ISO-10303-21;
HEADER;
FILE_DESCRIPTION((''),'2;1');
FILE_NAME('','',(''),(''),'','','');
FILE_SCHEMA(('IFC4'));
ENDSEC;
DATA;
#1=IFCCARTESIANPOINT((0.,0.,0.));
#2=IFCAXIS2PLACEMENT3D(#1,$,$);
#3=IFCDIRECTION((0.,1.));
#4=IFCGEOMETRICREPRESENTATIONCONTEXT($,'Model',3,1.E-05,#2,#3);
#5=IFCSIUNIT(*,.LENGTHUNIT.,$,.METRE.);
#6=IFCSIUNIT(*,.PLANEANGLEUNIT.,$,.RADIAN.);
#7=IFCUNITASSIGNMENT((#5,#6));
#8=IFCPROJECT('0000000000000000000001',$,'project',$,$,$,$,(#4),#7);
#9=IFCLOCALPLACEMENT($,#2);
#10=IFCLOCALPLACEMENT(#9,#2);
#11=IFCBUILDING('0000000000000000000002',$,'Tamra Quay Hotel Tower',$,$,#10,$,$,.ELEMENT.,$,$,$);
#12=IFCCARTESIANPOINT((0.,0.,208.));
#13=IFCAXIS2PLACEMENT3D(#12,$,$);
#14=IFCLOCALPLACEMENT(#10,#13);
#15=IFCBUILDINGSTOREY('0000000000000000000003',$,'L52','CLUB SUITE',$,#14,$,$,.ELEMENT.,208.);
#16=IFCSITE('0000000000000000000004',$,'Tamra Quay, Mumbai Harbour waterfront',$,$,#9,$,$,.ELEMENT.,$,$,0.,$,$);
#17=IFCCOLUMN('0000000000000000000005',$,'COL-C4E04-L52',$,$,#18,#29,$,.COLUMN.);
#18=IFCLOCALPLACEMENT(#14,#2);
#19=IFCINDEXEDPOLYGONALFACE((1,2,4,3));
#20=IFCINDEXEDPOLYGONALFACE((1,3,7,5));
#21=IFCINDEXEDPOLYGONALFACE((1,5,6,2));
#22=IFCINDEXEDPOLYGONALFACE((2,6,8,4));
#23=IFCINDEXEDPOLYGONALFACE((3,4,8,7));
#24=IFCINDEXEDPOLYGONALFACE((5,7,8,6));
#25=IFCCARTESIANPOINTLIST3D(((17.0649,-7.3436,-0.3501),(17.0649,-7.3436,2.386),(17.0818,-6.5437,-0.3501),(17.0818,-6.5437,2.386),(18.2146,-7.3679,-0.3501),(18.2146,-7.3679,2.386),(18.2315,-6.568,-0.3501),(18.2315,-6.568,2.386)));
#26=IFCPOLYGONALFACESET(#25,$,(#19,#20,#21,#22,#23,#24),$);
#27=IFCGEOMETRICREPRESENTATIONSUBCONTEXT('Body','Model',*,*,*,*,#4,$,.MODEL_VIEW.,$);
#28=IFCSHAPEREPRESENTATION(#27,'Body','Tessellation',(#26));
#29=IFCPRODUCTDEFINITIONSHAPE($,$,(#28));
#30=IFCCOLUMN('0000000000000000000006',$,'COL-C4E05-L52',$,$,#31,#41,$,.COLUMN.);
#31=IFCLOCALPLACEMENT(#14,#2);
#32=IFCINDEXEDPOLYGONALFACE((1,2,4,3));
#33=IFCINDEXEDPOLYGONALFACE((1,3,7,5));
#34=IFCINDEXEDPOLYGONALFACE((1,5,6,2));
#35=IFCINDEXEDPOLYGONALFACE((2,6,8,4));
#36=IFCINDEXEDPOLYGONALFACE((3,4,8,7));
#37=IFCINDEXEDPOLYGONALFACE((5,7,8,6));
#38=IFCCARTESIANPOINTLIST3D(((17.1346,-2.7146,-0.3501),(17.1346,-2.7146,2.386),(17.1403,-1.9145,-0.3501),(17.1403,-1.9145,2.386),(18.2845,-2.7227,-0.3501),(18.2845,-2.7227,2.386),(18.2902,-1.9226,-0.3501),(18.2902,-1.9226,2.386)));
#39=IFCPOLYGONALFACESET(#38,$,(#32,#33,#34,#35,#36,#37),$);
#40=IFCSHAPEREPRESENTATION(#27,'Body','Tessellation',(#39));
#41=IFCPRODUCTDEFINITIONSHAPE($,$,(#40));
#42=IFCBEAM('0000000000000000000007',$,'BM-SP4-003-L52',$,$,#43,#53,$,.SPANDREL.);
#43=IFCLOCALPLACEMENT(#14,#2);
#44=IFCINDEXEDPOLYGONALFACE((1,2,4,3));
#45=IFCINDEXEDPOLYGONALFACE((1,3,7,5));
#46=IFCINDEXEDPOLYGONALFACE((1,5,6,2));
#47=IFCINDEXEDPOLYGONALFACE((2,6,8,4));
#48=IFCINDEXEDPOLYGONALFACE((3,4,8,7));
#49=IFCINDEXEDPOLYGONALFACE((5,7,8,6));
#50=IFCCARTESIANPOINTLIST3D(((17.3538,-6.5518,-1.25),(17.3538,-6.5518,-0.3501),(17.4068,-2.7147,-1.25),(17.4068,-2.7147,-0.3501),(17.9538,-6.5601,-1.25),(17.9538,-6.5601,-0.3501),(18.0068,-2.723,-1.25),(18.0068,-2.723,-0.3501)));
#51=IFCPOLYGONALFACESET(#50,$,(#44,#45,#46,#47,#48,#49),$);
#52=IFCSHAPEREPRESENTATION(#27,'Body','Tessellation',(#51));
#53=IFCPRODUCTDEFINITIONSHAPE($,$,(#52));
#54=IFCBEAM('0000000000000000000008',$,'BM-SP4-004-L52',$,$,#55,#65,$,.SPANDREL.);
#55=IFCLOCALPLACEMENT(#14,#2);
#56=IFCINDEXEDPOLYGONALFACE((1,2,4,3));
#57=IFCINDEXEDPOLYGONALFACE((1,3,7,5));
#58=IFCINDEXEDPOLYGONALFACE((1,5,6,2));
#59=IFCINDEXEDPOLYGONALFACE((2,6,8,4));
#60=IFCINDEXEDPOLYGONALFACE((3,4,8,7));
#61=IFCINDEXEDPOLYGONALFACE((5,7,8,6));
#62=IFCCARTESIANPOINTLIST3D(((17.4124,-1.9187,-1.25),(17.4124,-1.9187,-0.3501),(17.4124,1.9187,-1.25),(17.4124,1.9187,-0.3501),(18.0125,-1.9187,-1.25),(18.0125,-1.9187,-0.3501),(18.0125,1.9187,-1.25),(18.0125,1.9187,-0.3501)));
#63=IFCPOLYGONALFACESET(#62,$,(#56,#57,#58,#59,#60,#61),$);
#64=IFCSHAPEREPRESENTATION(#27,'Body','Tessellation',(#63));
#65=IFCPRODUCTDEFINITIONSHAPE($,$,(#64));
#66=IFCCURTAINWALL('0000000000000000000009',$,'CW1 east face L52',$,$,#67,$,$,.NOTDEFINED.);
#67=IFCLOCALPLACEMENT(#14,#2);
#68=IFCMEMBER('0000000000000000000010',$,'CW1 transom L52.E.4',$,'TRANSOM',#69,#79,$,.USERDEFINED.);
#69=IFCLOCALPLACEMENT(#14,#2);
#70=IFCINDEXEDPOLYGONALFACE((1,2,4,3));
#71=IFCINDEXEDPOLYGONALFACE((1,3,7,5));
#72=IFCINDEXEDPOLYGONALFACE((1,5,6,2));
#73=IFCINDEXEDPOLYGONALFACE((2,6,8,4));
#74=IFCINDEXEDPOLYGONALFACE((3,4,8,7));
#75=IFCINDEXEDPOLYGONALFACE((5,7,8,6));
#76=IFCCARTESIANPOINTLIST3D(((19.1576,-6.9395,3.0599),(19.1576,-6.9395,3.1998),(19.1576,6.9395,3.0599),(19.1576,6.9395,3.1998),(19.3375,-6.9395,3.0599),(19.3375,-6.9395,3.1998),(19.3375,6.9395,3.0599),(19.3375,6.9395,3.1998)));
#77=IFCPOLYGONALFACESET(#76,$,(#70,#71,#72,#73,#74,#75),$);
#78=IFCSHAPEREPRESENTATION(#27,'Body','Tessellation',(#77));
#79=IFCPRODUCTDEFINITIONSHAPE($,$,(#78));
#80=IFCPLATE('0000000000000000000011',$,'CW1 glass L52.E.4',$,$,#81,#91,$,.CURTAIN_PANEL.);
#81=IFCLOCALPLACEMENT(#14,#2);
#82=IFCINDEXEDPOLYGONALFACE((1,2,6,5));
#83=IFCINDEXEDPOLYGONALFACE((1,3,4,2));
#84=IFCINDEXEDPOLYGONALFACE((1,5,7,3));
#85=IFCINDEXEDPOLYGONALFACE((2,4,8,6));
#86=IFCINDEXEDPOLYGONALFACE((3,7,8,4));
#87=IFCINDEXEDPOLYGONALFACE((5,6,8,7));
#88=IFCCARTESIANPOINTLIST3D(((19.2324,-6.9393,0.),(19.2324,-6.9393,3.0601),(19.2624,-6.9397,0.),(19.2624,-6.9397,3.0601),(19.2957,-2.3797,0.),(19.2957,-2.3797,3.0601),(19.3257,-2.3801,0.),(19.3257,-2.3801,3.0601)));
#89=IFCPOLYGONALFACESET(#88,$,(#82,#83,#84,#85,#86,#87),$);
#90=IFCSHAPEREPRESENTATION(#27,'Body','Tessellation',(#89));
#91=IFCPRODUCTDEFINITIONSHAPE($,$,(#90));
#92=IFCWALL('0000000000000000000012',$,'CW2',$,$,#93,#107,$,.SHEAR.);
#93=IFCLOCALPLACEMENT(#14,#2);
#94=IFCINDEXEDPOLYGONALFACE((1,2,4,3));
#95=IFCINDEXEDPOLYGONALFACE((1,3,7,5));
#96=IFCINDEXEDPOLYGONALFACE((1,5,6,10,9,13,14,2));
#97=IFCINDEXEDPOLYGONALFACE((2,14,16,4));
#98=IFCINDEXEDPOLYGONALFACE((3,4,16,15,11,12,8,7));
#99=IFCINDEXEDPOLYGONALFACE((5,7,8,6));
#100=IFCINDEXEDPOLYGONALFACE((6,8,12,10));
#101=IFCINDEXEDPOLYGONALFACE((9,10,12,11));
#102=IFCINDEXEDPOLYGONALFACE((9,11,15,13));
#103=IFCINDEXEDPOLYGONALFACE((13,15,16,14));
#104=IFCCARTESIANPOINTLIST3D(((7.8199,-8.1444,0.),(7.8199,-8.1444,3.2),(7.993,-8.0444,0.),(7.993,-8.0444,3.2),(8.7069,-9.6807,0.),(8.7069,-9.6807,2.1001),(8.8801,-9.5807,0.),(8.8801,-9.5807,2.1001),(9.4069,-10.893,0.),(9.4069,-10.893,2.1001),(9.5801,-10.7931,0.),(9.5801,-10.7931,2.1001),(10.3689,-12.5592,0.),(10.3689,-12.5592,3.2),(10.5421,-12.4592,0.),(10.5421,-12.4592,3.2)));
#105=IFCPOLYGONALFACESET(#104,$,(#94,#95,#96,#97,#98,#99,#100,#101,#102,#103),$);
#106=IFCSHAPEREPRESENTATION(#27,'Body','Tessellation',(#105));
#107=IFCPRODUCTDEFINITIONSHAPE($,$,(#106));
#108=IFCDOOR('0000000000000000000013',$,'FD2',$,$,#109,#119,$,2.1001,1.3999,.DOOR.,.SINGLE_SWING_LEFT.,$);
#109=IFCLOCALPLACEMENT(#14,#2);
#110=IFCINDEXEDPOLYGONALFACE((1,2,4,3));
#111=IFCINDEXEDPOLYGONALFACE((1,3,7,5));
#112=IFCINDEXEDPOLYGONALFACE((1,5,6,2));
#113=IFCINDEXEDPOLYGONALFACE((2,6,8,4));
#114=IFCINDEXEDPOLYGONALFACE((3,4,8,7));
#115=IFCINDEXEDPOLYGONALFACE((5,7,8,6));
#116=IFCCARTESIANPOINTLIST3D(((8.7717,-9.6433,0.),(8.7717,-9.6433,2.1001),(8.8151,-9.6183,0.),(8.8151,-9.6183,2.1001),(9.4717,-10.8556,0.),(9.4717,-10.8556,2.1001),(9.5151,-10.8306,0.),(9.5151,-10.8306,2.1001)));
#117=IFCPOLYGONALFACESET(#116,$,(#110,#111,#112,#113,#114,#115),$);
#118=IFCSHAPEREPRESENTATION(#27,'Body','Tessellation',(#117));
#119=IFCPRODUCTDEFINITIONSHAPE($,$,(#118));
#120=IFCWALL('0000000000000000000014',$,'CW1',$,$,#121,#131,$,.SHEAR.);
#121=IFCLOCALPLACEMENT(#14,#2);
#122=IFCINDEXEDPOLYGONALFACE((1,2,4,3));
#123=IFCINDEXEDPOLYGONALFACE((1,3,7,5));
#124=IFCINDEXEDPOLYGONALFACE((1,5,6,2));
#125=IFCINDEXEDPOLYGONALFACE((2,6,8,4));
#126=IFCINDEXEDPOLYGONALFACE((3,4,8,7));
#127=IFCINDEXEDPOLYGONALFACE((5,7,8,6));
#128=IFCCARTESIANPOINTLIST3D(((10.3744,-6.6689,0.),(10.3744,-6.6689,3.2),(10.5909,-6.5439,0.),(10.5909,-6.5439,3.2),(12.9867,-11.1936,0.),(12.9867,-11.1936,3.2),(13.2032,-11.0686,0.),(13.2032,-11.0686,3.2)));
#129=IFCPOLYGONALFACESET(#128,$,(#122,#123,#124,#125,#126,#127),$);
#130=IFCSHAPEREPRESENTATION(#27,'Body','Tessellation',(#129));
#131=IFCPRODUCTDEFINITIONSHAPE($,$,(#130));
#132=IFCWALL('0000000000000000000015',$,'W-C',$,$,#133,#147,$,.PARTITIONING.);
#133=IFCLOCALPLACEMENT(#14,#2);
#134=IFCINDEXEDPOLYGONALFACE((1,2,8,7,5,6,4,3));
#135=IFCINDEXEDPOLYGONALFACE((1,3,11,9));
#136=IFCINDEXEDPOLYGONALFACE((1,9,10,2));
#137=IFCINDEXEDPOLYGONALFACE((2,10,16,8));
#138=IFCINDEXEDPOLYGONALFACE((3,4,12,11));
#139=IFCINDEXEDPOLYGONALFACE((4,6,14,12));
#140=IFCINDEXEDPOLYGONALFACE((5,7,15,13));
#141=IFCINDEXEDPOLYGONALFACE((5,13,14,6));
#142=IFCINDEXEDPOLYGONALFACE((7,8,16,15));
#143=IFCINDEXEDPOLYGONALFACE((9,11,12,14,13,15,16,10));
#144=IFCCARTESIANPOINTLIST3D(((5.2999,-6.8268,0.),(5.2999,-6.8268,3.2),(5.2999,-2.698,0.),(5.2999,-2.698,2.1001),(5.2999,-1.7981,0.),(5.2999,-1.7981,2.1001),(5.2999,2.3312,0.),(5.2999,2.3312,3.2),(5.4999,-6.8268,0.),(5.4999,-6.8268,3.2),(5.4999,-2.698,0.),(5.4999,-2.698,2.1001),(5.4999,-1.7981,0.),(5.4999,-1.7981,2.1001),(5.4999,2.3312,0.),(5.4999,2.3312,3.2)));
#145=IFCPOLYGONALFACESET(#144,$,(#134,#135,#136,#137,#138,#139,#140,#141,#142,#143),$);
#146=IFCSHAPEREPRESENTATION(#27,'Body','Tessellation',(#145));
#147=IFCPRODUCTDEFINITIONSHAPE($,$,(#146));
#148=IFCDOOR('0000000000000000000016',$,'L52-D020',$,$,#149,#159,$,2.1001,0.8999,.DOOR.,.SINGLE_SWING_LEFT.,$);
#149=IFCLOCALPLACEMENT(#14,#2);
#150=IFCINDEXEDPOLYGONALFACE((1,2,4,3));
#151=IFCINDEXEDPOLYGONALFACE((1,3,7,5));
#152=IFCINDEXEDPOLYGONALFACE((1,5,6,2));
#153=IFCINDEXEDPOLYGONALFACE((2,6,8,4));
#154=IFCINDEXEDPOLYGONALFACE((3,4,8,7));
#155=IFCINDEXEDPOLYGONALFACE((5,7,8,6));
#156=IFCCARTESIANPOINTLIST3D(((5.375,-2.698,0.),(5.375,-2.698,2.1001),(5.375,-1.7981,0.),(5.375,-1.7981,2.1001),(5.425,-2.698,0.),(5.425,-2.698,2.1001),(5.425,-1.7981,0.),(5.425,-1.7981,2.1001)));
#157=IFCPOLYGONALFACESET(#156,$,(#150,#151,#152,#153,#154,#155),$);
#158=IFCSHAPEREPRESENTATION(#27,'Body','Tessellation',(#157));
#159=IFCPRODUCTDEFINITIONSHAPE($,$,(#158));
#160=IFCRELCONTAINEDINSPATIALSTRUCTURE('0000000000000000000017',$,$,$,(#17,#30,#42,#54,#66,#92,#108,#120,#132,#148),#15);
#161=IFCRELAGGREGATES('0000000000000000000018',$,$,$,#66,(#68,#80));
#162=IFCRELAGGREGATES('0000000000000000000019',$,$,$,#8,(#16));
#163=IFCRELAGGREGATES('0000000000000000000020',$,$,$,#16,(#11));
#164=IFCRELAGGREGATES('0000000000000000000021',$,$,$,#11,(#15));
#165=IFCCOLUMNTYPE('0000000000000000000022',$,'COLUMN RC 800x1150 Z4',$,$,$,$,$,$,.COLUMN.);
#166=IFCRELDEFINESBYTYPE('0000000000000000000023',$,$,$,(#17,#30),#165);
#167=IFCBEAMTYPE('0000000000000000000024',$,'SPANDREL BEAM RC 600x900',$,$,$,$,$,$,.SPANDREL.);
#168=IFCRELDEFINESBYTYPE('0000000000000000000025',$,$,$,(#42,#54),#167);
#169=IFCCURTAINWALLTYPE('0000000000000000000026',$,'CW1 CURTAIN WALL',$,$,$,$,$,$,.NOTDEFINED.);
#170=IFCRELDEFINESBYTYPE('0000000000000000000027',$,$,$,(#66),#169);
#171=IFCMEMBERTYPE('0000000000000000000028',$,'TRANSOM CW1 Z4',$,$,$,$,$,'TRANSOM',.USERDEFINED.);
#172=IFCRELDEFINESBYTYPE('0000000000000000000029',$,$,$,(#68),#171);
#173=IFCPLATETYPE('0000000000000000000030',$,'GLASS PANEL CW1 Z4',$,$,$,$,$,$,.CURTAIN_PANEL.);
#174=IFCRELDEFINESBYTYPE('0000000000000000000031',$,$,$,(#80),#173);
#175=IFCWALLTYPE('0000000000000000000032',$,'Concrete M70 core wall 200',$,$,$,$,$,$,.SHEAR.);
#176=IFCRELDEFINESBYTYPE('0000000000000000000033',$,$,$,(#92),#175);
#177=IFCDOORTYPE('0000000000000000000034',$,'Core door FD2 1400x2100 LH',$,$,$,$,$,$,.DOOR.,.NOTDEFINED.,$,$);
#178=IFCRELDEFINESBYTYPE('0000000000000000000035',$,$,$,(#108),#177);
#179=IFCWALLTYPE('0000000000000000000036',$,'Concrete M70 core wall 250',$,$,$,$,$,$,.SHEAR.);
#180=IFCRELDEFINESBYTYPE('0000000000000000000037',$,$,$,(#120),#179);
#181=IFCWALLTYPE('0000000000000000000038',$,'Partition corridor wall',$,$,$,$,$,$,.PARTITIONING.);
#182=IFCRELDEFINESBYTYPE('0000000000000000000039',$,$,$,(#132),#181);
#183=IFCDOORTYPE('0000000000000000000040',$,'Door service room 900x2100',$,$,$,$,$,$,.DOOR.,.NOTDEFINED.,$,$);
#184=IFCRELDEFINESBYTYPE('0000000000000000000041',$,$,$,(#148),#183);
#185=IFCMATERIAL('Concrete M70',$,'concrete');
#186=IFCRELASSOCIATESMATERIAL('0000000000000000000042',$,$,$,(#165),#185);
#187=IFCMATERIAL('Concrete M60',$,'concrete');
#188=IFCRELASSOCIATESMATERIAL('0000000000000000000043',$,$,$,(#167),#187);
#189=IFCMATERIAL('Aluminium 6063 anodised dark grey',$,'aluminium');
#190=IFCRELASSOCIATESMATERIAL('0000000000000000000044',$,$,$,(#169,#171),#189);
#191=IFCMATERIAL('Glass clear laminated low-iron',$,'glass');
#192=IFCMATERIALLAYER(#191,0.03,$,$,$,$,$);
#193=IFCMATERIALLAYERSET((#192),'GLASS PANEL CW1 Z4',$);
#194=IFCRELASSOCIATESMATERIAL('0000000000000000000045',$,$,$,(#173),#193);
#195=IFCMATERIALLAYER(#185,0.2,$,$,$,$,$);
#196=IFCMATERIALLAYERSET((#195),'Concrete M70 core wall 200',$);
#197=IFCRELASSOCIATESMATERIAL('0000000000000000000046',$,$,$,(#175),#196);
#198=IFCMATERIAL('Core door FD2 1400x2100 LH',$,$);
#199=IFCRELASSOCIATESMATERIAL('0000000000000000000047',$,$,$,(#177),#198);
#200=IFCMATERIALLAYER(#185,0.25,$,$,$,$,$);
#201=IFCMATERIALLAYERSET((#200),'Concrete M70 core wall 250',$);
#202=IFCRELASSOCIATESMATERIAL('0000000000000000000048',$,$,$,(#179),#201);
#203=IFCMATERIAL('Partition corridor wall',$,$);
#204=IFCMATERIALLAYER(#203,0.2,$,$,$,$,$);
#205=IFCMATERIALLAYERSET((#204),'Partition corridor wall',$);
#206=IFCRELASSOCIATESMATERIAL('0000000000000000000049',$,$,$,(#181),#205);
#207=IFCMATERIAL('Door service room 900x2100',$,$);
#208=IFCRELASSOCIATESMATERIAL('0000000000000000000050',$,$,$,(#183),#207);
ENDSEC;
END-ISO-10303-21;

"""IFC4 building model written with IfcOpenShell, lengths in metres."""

from ifc_helpers import new_model, si_unit, direction, frame, frame_2d, origin, origin_2d, place, context, subcontext, project, spatial, rectangle, extrude, material, layer, layer_set, material_profile, profile_set, type_object, element, fill, aggregate, save


model = new_model("IFC4")

# Units and contexts
model_context = context("Model", 3, precision=1e-05, world=origin(), true_north=direction((0.0, 1.0)))
body_context = subcontext(model_context, "Body", "Model", "MODEL_VIEW")
ifc_project = project(units=[si_unit("LENGTHUNIT", "METRE"), si_unit("PLANEANGLEUNIT", "RADIAN")], contexts=[model_context])

# Site, building, storey
site_placement = place(None, origin())
site = spatial("IfcSite", under=ifc_project, at=site_placement, Name="Tamra Quay, Mumbai Harbour waterfront", CompositionType="ELEMENT", RefElevation=0.0)
building_placement = place(site_placement, origin())
building = spatial("IfcBuilding", under=site, at=building_placement, Name="Tamra Quay Hotel Tower", CompositionType="ELEMENT")
storey_placement = place(building_placement, frame((0.0, 0.0, 208.0)))
storey = spatial("IfcBuildingStorey", under=building, at=storey_placement, Name="L52", Description="CLUB SUITE", CompositionType="ELEMENT", Elevation=208.0)

# Columns
ifc_material_1 = material(Name="Concrete M70", Category="concrete")
ifc_material_profile_1 = material_profile(ifc_material_1, rectangle(XDim=1.1499, YDim=0.8, at=origin_2d()), Name="COLUMN RC 800x1150 Z4")
ifc_profile_set_1 = profile_set([ifc_material_profile_1], Name="Concrete M70")
column_type = type_object("IfcColumnType", Name="COLUMN RC 800x1150 Z4", PredefinedType="COLUMN", material=ifc_profile_set_1)
for number, where, z_axis, x_axis, name in (
    (1, (17.6482, -6.9558, -0.3501), (0.0, 0.0, 1.0), (-0.999777, 0.021115, 0.0), "COL-C4E04-L52"),
    (2, (17.7124, -2.3186, -0.3501), (0.0, 0.0, 1.0), (-0.999975, 0.007041, 0.0), "COL-C4E05-L52"),
):
    element("IfcColumn", number, at=place(storey_placement, frame(where, z_axis=z_axis, x_axis=x_axis)), inside=storey, type_object=column_type, Name=name, PredefinedType="COLUMN", context=body_context, shape_type="SweptSolid", body=[
        extrude(rectangle(XDim=1.1499, YDim=0.8, at=origin_2d()), origin(), (0.0, 0.0, 1.0), 2.7361),
    ])

# Beams
ifc_material_2 = material(Name="Concrete M60", Category="concrete")
ifc_material_profile_2 = material_profile(ifc_material_2, rectangle(XDim=0.6001, YDim=0.8999, at=origin_2d()), Name="SPANDREL BEAM RC 600x900")
ifc_profile_set_2 = profile_set([ifc_material_profile_2], Name="Concrete M60")
beam_type = type_object("IfcBeamType", Name="SPANDREL BEAM RC 600x900", PredefinedType="SPANDREL", material=ifc_profile_set_2)
for number, where, z_axis, x_axis, name in (
    (3, (17.6538, -6.5559, -0.8), (0.013805, 0.999905, 0.0), (-0.999905, 0.013805, 0.0), "BM-SP4-003-L52"),
    (4, (17.7124, -1.9187, -0.8), (0.0, 1.0, 0.0), (-1.0, 0.0, 0.0), "BM-SP4-004-L52"),
):
    element("IfcBeam", number, at=place(storey_placement, frame(where, z_axis=z_axis, x_axis=x_axis)), inside=storey, type_object=beam_type, Name=name, PredefinedType="SPANDREL", context=body_context, shape_type="SweptSolid", body=[
        extrude(rectangle(XDim=0.6001, YDim=0.8999, at=origin_2d()), origin(), (0.0, 0.0, 1.0), 3.8374),
    ])

# Curtain wall, member, plate
ifc_material_3 = material(Name="Aluminium 6063 anodised dark grey", Category="aluminium")
curtain_wall_type = type_object("IfcCurtainWallType", Name="CW1 CURTAIN WALL", PredefinedType="NOTDEFINED", material=ifc_material_3)
curtain_wall_placement = place(storey_placement, origin())
curtain_wall = element("IfcCurtainWall", 5, at=curtain_wall_placement, inside=storey, type_object=curtain_wall_type, Name="CW1 east face L52", PredefinedType="NOTDEFINED")
ifc_material_profile_3 = material_profile(ifc_material_3, rectangle(XDim=0.1799, YDim=0.1399, at=origin_2d()), Name="TRANSOM 180X140")
ifc_profile_set_3 = profile_set([ifc_material_profile_3], Name="Aluminium 6063 anodised dark grey")
member_type = type_object("IfcMemberType", Name="TRANSOM CW1 Z4", ElementType="TRANSOM", PredefinedType="USERDEFINED", material=ifc_profile_set_3)
member_placement = place(storey_placement, frame((19.2476, -6.9395, 3.1299), z_axis=(0.0, 1.0, 0.0), x_axis=(-1.0, 0.0, 0.0)))
member = element("IfcMember", 6, at=member_placement, type_object=member_type, Name="CW1 transom L52.E.4", ObjectType="TRANSOM", PredefinedType="USERDEFINED", context=body_context, shape_type="SweptSolid", body=[
    extrude(rectangle(XDim=0.1799, YDim=0.1399, at=origin_2d()), origin(), (0.0, 0.0, 1.0), 13.8789),
])
ifc_material_4 = material(Name="Glass clear laminated low-iron", Category="glass")
ifc_layer_1 = layer(ifc_material_4, 0.03)
ifc_layer_set_1 = layer_set([ifc_layer_1], Name="GLASS PANEL CW1 Z4")
plate_type = type_object("IfcPlateType", Name="GLASS PANEL CW1 Z4", PredefinedType="CURTAIN_PANEL", material=ifc_layer_set_1)
plate_placement = place(storey_placement, frame((19.2791, -4.6597, 0.0), z_axis=(0.0, 0.0, 1.0), x_axis=(0.013886, 0.999904, 0.0)))
plate = element("IfcPlate", 7, at=plate_placement, type_object=plate_type, Name="CW1 glass L52.E.4", PredefinedType="CURTAIN_PANEL", context=body_context, shape_type="SweptSolid", body=[
    extrude(rectangle(XDim=4.5601, YDim=0.03, at=origin_2d()), origin(), (0.0, 0.0, 1.0), 3.0601),
])
aggregate(curtain_wall, [member, plate])

# Wall, opening, door
ifc_layer_2 = layer(ifc_material_1, 0.2)
ifc_layer_set_2 = layer_set([ifc_layer_2], Name="Concrete M70 core wall 200")
wall_type_1 = type_object("IfcWallType", Name="Concrete M70 core wall 200", PredefinedType="SHEAR", material=ifc_layer_set_2)
wall_1_placement = place(storey_placement, frame((7.9065, -8.0945, 0.0), z_axis=(0.0, 0.0, 1.0), x_axis=(0.500028, -0.866009, 0.0)))
wall_1 = element("IfcWall", 8, at=wall_1_placement, inside=storey, type_object=wall_type_1, Name="CW2", PredefinedType="SHEAR", context=body_context, shape_type="SweptSolid", body=[
    extrude(rectangle(XDim=5.0979, YDim=0.2, at=frame_2d((2.5488, 0.0))), origin(), (0.0, 0.0, 1.0), 3.2),
])
opening_1_placement = place(wall_1_placement, frame((1.7739, 0.0, 0.0)))
opening_1 = element("IfcOpeningElement", 9, at=opening_1_placement, cuts=wall_1, PredefinedType="OPENING", context=body_context, shape_type="SweptSolid", body=[
    extrude(rectangle(XDim=1.3999, YDim=2.1001, at=frame_2d((0.7, 1.05))), frame((0.0, 0.1099, 0.0), z_axis=(0.0, -1.0, 0.0), x_axis=(1.0, 0.0, 0.0)), (0.0, 0.0, 1.0), 0.22),
])
ifc_material_5 = material(Name="Core door FD2 1400x2100 LH")
door_type_1 = type_object("IfcDoorType", Name="Core door FD2 1400x2100 LH", OperationType="NOTDEFINED", PredefinedType="DOOR", material=ifc_material_5)
door_1_placement = place(opening_1_placement, origin())
door_1 = element("IfcDoor", 10, at=door_1_placement, inside=storey, type_object=door_type_1, Name="FD2", OperationType="SINGLE_SWING_LEFT", OverallHeight=2.1001, OverallWidth=1.3999, PredefinedType="DOOR", context=body_context, shape_type="SweptSolid", body=[
    extrude(rectangle(XDim=1.3999, YDim=2.1001, at=frame_2d((0.7, 1.05))), frame((0.0, 0.0249, 0.0), z_axis=(0.0, -1.0, 0.0), x_axis=(1.0, 0.0, 0.0)), (0.0, 0.0, 1.0), 0.05),
])
fill(opening_1, door_1)

# Wall
ifc_layer_3 = layer(ifc_material_1, 0.25)
ifc_layer_set_3 = layer_set([ifc_layer_3], Name="Concrete M70 core wall 250")
wall_type_2 = type_object("IfcWallType", Name="Concrete M70 core wall 250", PredefinedType="SHEAR", material=ifc_layer_set_3)
wall_2_placement = place(storey_placement, frame((10.4827, -6.6064, 0.0), z_axis=(0.0, 0.0, 1.0), x_axis=(0.499999, -0.866026, 0.0)))
element("IfcWall", 11, at=wall_2_placement, inside=storey, type_object=wall_type_2, Name="CW1", PredefinedType="SHEAR", context=body_context, shape_type="SweptSolid", body=[
    extrude(rectangle(XDim=5.2246, YDim=0.25, at=frame_2d((2.6123, 0.0))), origin(), (0.0, 0.0, 1.0), 3.2),
])

# Wall, opening, door
ifc_material_6 = material(Name="Partition corridor wall")
ifc_layer_4 = layer(ifc_material_6, 0.2)
ifc_layer_set_4 = layer_set([ifc_layer_4], Name="Partition corridor wall")
wall_type_3 = type_object("IfcWallType", Name="Partition corridor wall", PredefinedType="PARTITIONING", material=ifc_layer_set_4)
wall_3_placement = place(storey_placement, frame((5.3999, -6.8269, 0.0), z_axis=(0.0, 0.0, 1.0), x_axis=(0.0, 1.0, 0.0)))
wall_3 = element("IfcWall", 12, at=wall_3_placement, inside=storey, type_object=wall_type_3, Name="W-C", PredefinedType="PARTITIONING", context=body_context, shape_type="SweptSolid", body=[
    extrude(rectangle(XDim=9.158, YDim=0.2, at=frame_2d((4.5791, 0.0))), origin(), (0.0, 0.0, 1.0), 3.2),
])
opening_2_placement = place(wall_3_placement, frame((4.1289, 0.0, 0.0)))
opening_2 = element("IfcOpeningElement", 13, at=opening_2_placement, cuts=wall_3, PredefinedType="OPENING", context=body_context, shape_type="SweptSolid", body=[
    extrude(rectangle(XDim=0.8999, YDim=2.1001, at=frame_2d((0.45, 1.05))), frame((0.0, 0.1099, 0.0), z_axis=(0.0, -1.0, 0.0), x_axis=(1.0, 0.0, 0.0)), (0.0, 0.0, 1.0), 0.22),
])
ifc_material_7 = material(Name="Door service room 900x2100")
door_type_2 = type_object("IfcDoorType", Name="Door service room 900x2100", OperationType="NOTDEFINED", PredefinedType="DOOR", material=ifc_material_7)
door_2_placement = place(opening_2_placement, origin())
door_2 = element("IfcDoor", 14, at=door_2_placement, inside=storey, type_object=door_type_2, Name="L52-D020", OperationType="SINGLE_SWING_LEFT", OverallHeight=2.1001, OverallWidth=0.8999, PredefinedType="DOOR", context=body_context, shape_type="SweptSolid", body=[
    extrude(rectangle(XDim=0.8999, YDim=2.1001, at=frame_2d((0.45, 1.05))), frame((0.0, 0.0249, 0.0), z_axis=(0.0, -1.0, 0.0), x_axis=(1.0, 0.0, 0.0)), (0.0, 0.0, 1.0), 0.05),
])
fill(opening_2, door_2)

save(model, "model.ifc")
